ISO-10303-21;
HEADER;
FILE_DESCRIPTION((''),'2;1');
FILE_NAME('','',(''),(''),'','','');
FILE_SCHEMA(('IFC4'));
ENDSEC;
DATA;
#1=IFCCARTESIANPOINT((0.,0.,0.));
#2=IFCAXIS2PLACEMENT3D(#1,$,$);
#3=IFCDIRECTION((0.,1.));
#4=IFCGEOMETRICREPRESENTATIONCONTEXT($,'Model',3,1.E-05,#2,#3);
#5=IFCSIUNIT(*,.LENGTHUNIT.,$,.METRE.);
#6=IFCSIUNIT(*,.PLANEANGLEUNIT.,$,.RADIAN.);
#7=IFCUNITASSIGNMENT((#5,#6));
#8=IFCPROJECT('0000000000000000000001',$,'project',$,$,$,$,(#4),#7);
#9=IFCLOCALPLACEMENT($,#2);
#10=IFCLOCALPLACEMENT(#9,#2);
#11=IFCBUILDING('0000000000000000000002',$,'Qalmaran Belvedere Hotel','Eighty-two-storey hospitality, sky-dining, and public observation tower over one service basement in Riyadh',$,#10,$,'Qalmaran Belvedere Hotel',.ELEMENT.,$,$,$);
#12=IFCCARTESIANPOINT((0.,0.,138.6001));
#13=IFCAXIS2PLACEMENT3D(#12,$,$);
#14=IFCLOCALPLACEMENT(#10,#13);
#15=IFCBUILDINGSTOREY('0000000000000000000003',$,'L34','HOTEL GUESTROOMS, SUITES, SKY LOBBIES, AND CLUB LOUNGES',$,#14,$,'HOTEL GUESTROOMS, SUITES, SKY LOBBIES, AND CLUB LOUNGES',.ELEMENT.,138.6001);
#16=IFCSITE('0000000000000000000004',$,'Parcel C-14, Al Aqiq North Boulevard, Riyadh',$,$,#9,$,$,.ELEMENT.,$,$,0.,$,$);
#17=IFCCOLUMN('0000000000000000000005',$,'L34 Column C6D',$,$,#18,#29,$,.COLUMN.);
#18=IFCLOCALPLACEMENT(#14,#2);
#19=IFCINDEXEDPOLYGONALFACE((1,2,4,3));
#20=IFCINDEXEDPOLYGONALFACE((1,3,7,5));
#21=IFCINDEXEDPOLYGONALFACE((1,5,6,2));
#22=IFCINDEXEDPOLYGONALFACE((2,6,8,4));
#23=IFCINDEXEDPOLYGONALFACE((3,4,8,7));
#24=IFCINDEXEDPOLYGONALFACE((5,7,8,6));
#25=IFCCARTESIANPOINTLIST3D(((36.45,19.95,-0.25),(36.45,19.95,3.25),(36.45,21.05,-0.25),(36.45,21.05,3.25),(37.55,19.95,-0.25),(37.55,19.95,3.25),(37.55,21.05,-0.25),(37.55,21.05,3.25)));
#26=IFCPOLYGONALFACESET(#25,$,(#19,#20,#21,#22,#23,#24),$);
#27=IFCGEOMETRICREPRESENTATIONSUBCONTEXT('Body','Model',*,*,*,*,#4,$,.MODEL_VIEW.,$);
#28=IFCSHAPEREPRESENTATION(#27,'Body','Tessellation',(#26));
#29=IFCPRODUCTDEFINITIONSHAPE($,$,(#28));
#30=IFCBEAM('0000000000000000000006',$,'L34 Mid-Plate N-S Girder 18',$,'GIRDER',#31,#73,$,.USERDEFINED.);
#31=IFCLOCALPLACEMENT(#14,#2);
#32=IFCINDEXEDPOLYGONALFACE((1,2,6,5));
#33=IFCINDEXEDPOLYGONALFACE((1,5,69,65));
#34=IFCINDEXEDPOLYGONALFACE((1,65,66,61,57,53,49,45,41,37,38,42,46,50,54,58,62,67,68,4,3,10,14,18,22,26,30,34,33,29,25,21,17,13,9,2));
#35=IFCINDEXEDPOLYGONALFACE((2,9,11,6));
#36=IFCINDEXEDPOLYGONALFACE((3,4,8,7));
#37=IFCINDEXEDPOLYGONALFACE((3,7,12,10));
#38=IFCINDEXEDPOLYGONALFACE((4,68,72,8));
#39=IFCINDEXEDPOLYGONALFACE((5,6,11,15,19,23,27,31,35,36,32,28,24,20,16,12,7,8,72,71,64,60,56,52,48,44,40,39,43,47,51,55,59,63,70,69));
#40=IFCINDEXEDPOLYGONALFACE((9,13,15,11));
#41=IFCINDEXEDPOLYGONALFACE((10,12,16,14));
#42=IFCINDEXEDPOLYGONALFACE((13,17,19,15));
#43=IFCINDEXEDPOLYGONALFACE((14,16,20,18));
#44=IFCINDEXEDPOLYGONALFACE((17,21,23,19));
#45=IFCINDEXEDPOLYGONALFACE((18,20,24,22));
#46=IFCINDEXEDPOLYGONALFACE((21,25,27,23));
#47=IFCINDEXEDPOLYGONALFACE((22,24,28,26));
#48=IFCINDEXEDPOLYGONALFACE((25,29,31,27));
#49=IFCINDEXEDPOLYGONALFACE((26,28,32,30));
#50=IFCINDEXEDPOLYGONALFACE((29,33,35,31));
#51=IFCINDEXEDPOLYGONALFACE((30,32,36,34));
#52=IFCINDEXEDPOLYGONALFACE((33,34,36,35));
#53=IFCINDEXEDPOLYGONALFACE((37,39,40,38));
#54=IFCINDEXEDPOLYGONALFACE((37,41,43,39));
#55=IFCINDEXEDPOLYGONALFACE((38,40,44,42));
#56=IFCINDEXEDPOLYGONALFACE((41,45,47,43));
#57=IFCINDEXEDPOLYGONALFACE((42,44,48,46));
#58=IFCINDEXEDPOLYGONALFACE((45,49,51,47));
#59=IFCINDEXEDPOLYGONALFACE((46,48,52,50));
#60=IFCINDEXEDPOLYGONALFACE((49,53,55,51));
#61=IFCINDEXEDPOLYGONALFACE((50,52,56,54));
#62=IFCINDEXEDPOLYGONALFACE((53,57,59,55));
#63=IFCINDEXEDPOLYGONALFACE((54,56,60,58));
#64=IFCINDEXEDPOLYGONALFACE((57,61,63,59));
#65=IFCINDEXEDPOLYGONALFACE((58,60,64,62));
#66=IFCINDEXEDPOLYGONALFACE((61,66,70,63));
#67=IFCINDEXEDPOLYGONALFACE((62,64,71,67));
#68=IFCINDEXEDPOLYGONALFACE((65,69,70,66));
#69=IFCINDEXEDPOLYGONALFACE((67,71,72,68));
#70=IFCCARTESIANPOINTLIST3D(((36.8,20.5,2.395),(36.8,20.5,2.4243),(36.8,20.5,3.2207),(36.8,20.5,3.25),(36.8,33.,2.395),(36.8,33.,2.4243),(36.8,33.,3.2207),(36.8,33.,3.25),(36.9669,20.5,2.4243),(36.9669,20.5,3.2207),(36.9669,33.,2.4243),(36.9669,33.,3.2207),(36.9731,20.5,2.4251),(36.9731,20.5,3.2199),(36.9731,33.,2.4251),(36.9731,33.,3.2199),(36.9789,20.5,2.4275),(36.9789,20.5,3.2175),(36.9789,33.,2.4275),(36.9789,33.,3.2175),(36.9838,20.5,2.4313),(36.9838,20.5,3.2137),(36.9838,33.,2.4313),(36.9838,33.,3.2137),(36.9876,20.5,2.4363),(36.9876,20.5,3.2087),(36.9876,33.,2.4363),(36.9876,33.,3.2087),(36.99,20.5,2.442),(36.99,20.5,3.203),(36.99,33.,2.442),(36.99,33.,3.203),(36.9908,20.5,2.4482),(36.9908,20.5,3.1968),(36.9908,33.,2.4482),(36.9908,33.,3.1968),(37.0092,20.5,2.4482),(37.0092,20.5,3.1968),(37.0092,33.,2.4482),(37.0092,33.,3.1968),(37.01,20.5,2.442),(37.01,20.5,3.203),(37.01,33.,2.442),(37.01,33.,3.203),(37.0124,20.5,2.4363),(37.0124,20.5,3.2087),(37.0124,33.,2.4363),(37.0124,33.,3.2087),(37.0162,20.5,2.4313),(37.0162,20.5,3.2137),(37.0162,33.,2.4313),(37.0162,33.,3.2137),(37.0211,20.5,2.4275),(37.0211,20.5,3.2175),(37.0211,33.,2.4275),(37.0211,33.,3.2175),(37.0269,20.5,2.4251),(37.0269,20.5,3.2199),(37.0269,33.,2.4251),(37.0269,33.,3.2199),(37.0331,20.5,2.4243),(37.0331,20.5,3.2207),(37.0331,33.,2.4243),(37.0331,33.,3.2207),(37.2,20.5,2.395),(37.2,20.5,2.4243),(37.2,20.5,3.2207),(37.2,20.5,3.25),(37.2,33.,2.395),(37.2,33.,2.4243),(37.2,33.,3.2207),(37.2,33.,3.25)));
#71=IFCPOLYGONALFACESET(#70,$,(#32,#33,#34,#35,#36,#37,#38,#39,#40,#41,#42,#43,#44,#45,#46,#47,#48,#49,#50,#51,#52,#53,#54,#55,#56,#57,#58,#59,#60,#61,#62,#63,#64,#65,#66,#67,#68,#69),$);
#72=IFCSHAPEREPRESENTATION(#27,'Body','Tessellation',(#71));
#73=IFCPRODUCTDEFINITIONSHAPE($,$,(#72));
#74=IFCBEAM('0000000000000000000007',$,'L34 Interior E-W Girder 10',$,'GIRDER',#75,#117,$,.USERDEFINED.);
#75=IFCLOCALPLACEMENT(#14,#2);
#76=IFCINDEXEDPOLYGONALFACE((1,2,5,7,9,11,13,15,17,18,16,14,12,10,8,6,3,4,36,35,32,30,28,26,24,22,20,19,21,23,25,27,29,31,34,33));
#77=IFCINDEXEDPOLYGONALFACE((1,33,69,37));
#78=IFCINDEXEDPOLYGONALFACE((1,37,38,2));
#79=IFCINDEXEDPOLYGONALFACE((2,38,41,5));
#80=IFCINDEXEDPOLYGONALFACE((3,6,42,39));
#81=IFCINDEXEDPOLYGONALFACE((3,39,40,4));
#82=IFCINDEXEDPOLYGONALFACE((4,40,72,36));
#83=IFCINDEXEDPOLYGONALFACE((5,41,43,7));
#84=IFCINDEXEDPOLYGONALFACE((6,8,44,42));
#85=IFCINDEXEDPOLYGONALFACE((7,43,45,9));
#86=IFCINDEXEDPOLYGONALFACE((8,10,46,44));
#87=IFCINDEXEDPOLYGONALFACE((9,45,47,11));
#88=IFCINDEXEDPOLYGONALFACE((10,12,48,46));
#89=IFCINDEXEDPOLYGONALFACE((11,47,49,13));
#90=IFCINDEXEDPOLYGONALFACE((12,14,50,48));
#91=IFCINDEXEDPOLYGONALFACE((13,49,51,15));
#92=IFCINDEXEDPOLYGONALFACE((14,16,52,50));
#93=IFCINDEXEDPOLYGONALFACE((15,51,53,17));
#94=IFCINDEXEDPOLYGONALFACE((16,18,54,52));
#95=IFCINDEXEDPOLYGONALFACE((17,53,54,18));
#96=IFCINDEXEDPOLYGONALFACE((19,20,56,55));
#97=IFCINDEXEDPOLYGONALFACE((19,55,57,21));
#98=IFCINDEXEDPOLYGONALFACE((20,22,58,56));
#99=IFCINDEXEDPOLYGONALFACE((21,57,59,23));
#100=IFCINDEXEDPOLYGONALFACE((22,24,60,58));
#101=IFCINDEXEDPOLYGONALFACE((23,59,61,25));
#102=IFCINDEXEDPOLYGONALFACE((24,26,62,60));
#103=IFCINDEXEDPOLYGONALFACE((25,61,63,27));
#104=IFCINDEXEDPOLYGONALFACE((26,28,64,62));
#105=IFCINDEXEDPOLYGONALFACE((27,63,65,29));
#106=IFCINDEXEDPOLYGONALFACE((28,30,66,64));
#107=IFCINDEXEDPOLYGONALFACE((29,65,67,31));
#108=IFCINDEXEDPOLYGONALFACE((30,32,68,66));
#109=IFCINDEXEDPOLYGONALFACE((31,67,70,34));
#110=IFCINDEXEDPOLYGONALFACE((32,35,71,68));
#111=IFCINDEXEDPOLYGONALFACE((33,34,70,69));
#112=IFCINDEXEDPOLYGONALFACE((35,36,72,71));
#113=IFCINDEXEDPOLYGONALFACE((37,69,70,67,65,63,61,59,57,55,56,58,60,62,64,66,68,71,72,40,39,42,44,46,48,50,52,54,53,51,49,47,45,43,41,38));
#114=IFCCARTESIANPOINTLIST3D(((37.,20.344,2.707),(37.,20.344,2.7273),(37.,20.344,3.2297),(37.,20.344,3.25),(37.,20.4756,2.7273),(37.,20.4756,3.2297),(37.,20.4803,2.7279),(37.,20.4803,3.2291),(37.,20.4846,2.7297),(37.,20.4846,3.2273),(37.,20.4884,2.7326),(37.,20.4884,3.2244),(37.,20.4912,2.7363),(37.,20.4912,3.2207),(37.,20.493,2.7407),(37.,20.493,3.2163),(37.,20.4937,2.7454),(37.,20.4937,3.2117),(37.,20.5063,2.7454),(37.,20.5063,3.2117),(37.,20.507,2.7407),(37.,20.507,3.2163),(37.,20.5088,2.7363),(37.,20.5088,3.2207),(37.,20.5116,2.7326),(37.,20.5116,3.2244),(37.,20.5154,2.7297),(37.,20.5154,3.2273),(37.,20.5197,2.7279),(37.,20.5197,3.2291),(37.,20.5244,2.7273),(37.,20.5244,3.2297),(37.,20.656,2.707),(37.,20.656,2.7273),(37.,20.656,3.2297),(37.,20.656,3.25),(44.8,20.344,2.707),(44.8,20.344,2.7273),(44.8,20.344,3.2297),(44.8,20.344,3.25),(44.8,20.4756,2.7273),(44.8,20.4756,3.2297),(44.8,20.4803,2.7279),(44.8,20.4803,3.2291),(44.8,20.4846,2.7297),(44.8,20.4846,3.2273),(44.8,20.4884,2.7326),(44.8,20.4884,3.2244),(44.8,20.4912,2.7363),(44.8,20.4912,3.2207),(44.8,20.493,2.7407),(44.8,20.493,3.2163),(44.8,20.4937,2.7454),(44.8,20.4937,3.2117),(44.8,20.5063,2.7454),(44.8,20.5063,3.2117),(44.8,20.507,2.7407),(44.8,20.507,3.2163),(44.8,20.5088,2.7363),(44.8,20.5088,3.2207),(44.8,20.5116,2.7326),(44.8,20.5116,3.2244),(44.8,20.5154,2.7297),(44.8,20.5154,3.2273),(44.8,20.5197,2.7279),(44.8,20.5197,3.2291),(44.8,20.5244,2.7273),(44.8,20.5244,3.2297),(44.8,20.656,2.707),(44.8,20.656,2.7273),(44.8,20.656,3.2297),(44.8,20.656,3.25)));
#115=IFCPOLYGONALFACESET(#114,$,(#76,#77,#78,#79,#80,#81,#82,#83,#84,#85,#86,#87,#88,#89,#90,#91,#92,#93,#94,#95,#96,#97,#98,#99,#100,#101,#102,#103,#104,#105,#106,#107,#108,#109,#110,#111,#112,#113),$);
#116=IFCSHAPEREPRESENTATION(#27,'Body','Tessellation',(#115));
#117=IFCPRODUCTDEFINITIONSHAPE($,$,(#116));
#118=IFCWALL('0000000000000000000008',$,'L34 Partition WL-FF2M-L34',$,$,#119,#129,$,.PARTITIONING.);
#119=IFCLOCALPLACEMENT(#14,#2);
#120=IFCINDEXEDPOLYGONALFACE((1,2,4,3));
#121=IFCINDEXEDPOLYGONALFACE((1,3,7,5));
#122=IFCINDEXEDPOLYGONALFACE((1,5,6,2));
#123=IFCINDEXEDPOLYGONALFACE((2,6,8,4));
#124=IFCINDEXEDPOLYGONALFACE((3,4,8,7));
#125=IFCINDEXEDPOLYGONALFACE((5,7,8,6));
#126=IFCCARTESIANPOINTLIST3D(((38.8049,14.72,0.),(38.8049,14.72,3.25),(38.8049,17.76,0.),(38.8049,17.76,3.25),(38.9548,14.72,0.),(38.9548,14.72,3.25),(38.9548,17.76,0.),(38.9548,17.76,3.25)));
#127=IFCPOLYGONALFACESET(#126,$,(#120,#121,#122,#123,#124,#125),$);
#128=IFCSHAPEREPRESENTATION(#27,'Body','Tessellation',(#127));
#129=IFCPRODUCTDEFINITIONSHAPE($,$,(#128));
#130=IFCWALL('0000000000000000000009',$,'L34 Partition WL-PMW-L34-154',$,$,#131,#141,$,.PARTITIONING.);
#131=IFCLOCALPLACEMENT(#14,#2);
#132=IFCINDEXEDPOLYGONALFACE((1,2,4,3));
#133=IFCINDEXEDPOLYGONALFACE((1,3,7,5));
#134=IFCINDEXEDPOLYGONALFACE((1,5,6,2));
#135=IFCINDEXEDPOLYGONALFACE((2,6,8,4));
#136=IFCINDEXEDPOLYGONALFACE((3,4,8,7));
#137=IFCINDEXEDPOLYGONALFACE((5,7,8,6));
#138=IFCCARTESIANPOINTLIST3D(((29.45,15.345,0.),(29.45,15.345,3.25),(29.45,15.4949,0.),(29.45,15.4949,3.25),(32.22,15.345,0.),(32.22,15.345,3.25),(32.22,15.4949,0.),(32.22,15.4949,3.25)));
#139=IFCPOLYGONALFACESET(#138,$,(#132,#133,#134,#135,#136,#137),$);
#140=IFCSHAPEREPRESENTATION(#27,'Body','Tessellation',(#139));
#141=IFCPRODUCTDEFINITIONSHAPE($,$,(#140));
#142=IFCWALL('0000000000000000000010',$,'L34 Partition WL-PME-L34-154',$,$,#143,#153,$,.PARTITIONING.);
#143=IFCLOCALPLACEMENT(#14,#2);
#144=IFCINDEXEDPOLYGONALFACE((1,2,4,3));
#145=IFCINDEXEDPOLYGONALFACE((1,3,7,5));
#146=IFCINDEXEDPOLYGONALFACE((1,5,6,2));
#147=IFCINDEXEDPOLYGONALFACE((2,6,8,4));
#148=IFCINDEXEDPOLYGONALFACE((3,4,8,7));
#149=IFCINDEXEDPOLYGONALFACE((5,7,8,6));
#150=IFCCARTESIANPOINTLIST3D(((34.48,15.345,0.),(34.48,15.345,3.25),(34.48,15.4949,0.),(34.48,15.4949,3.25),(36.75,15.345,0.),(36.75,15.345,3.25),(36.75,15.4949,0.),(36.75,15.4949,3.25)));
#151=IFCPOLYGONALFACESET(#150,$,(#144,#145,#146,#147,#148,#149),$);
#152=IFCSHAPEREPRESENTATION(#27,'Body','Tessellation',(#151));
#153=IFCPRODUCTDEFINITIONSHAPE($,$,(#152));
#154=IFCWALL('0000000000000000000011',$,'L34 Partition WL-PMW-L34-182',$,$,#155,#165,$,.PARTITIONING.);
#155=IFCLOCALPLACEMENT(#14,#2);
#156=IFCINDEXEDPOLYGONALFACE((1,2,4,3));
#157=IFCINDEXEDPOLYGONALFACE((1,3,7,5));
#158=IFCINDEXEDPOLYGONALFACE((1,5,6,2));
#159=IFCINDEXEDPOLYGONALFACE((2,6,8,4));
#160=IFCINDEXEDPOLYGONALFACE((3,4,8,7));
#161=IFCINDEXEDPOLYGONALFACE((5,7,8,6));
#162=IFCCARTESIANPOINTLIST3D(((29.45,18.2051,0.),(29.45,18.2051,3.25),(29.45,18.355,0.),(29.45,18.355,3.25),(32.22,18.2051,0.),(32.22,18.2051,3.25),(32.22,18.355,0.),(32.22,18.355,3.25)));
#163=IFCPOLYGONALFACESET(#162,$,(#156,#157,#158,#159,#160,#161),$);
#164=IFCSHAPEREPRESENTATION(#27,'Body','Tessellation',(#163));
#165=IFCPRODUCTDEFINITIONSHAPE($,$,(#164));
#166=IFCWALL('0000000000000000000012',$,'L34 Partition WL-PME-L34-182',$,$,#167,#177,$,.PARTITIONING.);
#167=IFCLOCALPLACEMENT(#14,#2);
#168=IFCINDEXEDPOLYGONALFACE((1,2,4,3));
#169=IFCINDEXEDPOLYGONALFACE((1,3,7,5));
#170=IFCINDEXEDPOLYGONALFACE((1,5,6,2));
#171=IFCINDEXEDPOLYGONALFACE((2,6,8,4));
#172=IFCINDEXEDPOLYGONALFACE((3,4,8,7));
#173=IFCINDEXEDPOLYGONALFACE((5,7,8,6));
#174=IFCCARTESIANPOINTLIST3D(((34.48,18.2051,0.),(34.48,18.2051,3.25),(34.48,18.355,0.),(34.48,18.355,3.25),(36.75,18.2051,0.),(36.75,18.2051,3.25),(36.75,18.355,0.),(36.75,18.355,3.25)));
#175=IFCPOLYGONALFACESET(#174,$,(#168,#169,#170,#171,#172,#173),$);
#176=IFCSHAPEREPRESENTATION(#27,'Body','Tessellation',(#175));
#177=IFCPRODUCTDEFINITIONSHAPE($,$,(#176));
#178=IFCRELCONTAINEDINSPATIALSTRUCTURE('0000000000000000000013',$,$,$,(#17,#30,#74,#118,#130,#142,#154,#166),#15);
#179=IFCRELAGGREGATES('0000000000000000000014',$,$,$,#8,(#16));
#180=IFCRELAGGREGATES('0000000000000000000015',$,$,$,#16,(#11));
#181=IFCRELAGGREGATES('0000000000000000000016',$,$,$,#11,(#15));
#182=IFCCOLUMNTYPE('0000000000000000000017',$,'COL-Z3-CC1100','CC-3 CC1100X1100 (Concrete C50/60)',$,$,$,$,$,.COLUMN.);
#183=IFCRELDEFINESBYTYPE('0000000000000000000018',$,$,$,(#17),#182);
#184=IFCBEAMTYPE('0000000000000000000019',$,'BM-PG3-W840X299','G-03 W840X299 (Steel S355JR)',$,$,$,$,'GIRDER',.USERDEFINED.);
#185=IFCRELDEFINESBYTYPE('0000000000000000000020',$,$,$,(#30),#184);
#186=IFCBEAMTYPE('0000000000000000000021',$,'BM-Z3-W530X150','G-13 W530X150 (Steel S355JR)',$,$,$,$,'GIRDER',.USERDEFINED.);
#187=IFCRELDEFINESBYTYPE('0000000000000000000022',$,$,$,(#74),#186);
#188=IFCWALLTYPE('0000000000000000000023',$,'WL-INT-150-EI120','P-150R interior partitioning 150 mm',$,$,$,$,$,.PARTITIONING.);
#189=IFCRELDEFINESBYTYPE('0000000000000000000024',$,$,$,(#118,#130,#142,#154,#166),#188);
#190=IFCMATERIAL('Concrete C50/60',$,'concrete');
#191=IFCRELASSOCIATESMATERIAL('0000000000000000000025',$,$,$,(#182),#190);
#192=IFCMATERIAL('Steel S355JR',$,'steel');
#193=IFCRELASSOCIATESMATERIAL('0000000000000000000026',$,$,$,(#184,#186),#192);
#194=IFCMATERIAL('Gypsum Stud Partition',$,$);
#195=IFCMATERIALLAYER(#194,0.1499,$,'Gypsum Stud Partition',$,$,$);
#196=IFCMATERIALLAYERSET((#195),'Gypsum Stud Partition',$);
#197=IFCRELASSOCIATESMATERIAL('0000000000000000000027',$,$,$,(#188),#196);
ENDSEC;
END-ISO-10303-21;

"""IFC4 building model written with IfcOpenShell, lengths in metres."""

from ifc_helpers import new_model, si_unit, direction, frame, frame_2d, origin, origin_2d, place, context, subcontext, project, spatial, rectangle, i_section, extrude, material, layer, layer_set, material_profile, profile_set, type_object, element, save


model = new_model("IFC4")

# Units and contexts
model_context = context("Model", 3, precision=1e-05, world=origin(), true_north=direction((0.0, 1.0)))
body_context = subcontext(model_context, "Body", "Model", "MODEL_VIEW")
ifc_project = project(units=[si_unit("LENGTHUNIT", "METRE"), si_unit("PLANEANGLEUNIT", "RADIAN")], contexts=[model_context])

# Site, building, storey
site_placement = place(None, origin())
site = spatial("IfcSite", under=ifc_project, at=site_placement, Name="Parcel C-14, Al Aqiq North Boulevard, Riyadh", CompositionType="ELEMENT", RefElevation=0.0)
building_placement = place(site_placement, origin())
building = spatial("IfcBuilding", under=site, at=building_placement, Name="Qalmaran Belvedere Hotel", Description="Eighty-two-storey hospitality, sky-dining, and public observation tower over one service basement in Riyadh", LongName="Qalmaran Belvedere Hotel", CompositionType="ELEMENT")
storey_placement = place(building_placement, frame((0.0, 0.0, 138.6001)))
storey = spatial("IfcBuildingStorey", under=building, at=storey_placement, Name="L34", Description="HOTEL GUESTROOMS, SUITES, SKY LOBBIES, AND CLUB LOUNGES", LongName="HOTEL GUESTROOMS, SUITES, SKY LOBBIES, AND CLUB LOUNGES", CompositionType="ELEMENT", Elevation=138.6001)

# Column
ifc_material_1 = material(Name="Concrete C50/60", Category="concrete")
ifc_material_profile_1 = material_profile(ifc_material_1, rectangle(XDim=1.1001, YDim=1.1001, at=origin_2d()), Name="CC1100X1100")
ifc_profile_set_1 = profile_set([ifc_material_profile_1], Name="Concrete C50/60")
column_type = type_object("IfcColumnType", Name="COL-Z3-CC1100", Description="CC-3 CC1100X1100 (Concrete C50/60)", PredefinedType="COLUMN", material=ifc_profile_set_1)
column_placement = place(storey_placement, frame((37.0, 20.5, -0.25), z_axis=(0.0, 0.0, 1.0), x_axis=(1.0, 0.0, 0.0)))
element("IfcColumn", 1, at=column_placement, inside=storey, type_object=column_type, Name="L34 Column C6D", PredefinedType="COLUMN", context=body_context, shape_type="SweptSolid", body=[
    extrude(rectangle(XDim=1.1001, YDim=1.1001, at=origin_2d()), origin(), (0.0, 0.0, 1.0), 3.5),
])

# Beams
ifc_material_2 = material(Name="Steel S355JR", Category="steel")
ifc_material_profile_2 = material_profile(ifc_material_2, i_section(OverallWidth=0.3999, OverallDepth=0.855, WebThickness=0.0183, FlangeThickness=0.0293, FilletRadius=0.0239, at=origin_2d()), Name="W840X299")
ifc_profile_set_2 = profile_set([ifc_material_profile_2], Name="Steel S355JR")
beam_type_1 = type_object("IfcBeamType", Name="BM-PG3-W840X299", Description="G-03 W840X299 (Steel S355JR)", ElementType="GIRDER", PredefinedType="USERDEFINED", material=ifc_profile_set_2)
beam_1_placement = place(storey_placement, frame((37.0, 20.5, 2.8225), z_axis=(0.0, 1.0, 0.0), x_axis=(-1.0, 0.0, 0.0)))
element("IfcBeam", 2, at=beam_1_placement, inside=storey, type_object=beam_type_1, Name="L34 Mid-Plate N-S Girder 18", ObjectType="GIRDER", PredefinedType="USERDEFINED", context=body_context, shape_type="SweptSolid", body=[
    extrude(i_section(OverallWidth=0.3999, OverallDepth=0.855, WebThickness=0.0183, FlangeThickness=0.0293, FilletRadius=0.0239, at=origin_2d()), origin(), (0.0, 0.0, 1.0), 12.5),
])
ifc_material_profile_3 = material_profile(ifc_material_2, i_section(OverallWidth=0.312, OverallDepth=0.543, WebThickness=0.0127, FlangeThickness=0.0203, FilletRadius=0.0181, at=origin_2d()), Name="W530X150")
ifc_profile_set_3 = profile_set([ifc_material_profile_3], Name="Steel S355JR")
beam_type_2 = type_object("IfcBeamType", Name="BM-Z3-W530X150", Description="G-13 W530X150 (Steel S355JR)", ElementType="GIRDER", PredefinedType="USERDEFINED", material=ifc_profile_set_3)
beam_2_placement = place(storey_placement, frame((37.0, 20.5, 2.9785), z_axis=(1.0, 0.0, 0.0), x_axis=(0.0, 1.0, 0.0)))
element("IfcBeam", 3, at=beam_2_placement, inside=storey, type_object=beam_type_2, Name="L34 Interior E-W Girder 10", ObjectType="GIRDER", PredefinedType="USERDEFINED", context=body_context, shape_type="SweptSolid", body=[
    extrude(i_section(OverallWidth=0.312, OverallDepth=0.543, WebThickness=0.0127, FlangeThickness=0.0203, FilletRadius=0.0181, at=origin_2d()), origin(), (0.0, 0.0, 1.0), 7.8),
])

# Walls
ifc_material_3 = material(Name="Gypsum Stud Partition")
ifc_layer_1 = layer(ifc_material_3, 0.1499, Name="Gypsum Stud Partition")
ifc_layer_set_1 = layer_set([ifc_layer_1], Name="Gypsum Stud Partition")
wall_type_1 = type_object("IfcWallType", Name="WL-INT-150-EI120", Description="P-150R interior partitioning 150 mm", PredefinedType="PARTITIONING", material=ifc_layer_set_1)
wall_1_placement = place(storey_placement, frame((38.8799, 14.72, 0.0), z_axis=(0.0, 0.0, 1.0), x_axis=(0.0, 1.0, 0.0)))
element("IfcWall", 4, at=wall_1_placement, inside=storey, type_object=wall_type_1, Name="L34 Partition WL-FF2M-L34", PredefinedType="PARTITIONING", context=body_context, shape_type="SweptSolid", body=[
    extrude(rectangle(XDim=3.04, YDim=0.1499, at=frame_2d((1.52, 0.0))), origin(), (0.0, 0.0, 1.0), 3.25),
])
wall_2_placement = place(storey_placement, frame((29.45, 15.4199, 0.0), z_axis=(0.0, 0.0, 1.0), x_axis=(1.0, 0.0, 0.0)))
element("IfcWall", 5, at=wall_2_placement, inside=storey, type_object=wall_type_1, Name="L34 Partition WL-PMW-L34-154", PredefinedType="PARTITIONING", context=body_context, shape_type="SweptSolid", body=[
    extrude(rectangle(XDim=2.77, YDim=0.1499, at=frame_2d((1.385, 0.0))), origin(), (0.0, 0.0, 1.0), 3.25),
])
wall_3_placement = place(storey_placement, frame((34.48, 15.4199, 0.0), z_axis=(0.0, 0.0, 1.0), x_axis=(1.0, 0.0, 0.0)))
element("IfcWall", 6, at=wall_3_placement, inside=storey, type_object=wall_type_1, Name="L34 Partition WL-PME-L34-154", PredefinedType="PARTITIONING", context=body_context, shape_type="SweptSolid", body=[
    extrude(rectangle(XDim=2.27, YDim=0.1499, at=frame_2d((1.135, 0.0))), origin(), (0.0, 0.0, 1.0), 3.25),
])
wall_4_placement = place(storey_placement, frame((29.45, 18.28, 0.0), z_axis=(0.0, 0.0, 1.0), x_axis=(1.0, 0.0, 0.0)))
element("IfcWall", 7, at=wall_4_placement, inside=storey, type_object=wall_type_1, Name="L34 Partition WL-PMW-L34-182", PredefinedType="PARTITIONING", context=body_context, shape_type="SweptSolid", body=[
    extrude(rectangle(XDim=2.77, YDim=0.1499, at=frame_2d((1.385, 0.0))), origin(), (0.0, 0.0, 1.0), 3.25),
])
wall_5_placement = place(storey_placement, frame((34.48, 18.28, 0.0), z_axis=(0.0, 0.0, 1.0), x_axis=(1.0, 0.0, 0.0)))
element("IfcWall", 8, at=wall_5_placement, inside=storey, type_object=wall_type_1, Name="L34 Partition WL-PME-L34-182", PredefinedType="PARTITIONING", context=body_context, shape_type="SweptSolid", body=[
    extrude(rectangle(XDim=2.27, YDim=0.1499, at=frame_2d((1.135, 0.0))), origin(), (0.0, 0.0, 1.0), 3.25),
])

save(model, "model.ifc")
